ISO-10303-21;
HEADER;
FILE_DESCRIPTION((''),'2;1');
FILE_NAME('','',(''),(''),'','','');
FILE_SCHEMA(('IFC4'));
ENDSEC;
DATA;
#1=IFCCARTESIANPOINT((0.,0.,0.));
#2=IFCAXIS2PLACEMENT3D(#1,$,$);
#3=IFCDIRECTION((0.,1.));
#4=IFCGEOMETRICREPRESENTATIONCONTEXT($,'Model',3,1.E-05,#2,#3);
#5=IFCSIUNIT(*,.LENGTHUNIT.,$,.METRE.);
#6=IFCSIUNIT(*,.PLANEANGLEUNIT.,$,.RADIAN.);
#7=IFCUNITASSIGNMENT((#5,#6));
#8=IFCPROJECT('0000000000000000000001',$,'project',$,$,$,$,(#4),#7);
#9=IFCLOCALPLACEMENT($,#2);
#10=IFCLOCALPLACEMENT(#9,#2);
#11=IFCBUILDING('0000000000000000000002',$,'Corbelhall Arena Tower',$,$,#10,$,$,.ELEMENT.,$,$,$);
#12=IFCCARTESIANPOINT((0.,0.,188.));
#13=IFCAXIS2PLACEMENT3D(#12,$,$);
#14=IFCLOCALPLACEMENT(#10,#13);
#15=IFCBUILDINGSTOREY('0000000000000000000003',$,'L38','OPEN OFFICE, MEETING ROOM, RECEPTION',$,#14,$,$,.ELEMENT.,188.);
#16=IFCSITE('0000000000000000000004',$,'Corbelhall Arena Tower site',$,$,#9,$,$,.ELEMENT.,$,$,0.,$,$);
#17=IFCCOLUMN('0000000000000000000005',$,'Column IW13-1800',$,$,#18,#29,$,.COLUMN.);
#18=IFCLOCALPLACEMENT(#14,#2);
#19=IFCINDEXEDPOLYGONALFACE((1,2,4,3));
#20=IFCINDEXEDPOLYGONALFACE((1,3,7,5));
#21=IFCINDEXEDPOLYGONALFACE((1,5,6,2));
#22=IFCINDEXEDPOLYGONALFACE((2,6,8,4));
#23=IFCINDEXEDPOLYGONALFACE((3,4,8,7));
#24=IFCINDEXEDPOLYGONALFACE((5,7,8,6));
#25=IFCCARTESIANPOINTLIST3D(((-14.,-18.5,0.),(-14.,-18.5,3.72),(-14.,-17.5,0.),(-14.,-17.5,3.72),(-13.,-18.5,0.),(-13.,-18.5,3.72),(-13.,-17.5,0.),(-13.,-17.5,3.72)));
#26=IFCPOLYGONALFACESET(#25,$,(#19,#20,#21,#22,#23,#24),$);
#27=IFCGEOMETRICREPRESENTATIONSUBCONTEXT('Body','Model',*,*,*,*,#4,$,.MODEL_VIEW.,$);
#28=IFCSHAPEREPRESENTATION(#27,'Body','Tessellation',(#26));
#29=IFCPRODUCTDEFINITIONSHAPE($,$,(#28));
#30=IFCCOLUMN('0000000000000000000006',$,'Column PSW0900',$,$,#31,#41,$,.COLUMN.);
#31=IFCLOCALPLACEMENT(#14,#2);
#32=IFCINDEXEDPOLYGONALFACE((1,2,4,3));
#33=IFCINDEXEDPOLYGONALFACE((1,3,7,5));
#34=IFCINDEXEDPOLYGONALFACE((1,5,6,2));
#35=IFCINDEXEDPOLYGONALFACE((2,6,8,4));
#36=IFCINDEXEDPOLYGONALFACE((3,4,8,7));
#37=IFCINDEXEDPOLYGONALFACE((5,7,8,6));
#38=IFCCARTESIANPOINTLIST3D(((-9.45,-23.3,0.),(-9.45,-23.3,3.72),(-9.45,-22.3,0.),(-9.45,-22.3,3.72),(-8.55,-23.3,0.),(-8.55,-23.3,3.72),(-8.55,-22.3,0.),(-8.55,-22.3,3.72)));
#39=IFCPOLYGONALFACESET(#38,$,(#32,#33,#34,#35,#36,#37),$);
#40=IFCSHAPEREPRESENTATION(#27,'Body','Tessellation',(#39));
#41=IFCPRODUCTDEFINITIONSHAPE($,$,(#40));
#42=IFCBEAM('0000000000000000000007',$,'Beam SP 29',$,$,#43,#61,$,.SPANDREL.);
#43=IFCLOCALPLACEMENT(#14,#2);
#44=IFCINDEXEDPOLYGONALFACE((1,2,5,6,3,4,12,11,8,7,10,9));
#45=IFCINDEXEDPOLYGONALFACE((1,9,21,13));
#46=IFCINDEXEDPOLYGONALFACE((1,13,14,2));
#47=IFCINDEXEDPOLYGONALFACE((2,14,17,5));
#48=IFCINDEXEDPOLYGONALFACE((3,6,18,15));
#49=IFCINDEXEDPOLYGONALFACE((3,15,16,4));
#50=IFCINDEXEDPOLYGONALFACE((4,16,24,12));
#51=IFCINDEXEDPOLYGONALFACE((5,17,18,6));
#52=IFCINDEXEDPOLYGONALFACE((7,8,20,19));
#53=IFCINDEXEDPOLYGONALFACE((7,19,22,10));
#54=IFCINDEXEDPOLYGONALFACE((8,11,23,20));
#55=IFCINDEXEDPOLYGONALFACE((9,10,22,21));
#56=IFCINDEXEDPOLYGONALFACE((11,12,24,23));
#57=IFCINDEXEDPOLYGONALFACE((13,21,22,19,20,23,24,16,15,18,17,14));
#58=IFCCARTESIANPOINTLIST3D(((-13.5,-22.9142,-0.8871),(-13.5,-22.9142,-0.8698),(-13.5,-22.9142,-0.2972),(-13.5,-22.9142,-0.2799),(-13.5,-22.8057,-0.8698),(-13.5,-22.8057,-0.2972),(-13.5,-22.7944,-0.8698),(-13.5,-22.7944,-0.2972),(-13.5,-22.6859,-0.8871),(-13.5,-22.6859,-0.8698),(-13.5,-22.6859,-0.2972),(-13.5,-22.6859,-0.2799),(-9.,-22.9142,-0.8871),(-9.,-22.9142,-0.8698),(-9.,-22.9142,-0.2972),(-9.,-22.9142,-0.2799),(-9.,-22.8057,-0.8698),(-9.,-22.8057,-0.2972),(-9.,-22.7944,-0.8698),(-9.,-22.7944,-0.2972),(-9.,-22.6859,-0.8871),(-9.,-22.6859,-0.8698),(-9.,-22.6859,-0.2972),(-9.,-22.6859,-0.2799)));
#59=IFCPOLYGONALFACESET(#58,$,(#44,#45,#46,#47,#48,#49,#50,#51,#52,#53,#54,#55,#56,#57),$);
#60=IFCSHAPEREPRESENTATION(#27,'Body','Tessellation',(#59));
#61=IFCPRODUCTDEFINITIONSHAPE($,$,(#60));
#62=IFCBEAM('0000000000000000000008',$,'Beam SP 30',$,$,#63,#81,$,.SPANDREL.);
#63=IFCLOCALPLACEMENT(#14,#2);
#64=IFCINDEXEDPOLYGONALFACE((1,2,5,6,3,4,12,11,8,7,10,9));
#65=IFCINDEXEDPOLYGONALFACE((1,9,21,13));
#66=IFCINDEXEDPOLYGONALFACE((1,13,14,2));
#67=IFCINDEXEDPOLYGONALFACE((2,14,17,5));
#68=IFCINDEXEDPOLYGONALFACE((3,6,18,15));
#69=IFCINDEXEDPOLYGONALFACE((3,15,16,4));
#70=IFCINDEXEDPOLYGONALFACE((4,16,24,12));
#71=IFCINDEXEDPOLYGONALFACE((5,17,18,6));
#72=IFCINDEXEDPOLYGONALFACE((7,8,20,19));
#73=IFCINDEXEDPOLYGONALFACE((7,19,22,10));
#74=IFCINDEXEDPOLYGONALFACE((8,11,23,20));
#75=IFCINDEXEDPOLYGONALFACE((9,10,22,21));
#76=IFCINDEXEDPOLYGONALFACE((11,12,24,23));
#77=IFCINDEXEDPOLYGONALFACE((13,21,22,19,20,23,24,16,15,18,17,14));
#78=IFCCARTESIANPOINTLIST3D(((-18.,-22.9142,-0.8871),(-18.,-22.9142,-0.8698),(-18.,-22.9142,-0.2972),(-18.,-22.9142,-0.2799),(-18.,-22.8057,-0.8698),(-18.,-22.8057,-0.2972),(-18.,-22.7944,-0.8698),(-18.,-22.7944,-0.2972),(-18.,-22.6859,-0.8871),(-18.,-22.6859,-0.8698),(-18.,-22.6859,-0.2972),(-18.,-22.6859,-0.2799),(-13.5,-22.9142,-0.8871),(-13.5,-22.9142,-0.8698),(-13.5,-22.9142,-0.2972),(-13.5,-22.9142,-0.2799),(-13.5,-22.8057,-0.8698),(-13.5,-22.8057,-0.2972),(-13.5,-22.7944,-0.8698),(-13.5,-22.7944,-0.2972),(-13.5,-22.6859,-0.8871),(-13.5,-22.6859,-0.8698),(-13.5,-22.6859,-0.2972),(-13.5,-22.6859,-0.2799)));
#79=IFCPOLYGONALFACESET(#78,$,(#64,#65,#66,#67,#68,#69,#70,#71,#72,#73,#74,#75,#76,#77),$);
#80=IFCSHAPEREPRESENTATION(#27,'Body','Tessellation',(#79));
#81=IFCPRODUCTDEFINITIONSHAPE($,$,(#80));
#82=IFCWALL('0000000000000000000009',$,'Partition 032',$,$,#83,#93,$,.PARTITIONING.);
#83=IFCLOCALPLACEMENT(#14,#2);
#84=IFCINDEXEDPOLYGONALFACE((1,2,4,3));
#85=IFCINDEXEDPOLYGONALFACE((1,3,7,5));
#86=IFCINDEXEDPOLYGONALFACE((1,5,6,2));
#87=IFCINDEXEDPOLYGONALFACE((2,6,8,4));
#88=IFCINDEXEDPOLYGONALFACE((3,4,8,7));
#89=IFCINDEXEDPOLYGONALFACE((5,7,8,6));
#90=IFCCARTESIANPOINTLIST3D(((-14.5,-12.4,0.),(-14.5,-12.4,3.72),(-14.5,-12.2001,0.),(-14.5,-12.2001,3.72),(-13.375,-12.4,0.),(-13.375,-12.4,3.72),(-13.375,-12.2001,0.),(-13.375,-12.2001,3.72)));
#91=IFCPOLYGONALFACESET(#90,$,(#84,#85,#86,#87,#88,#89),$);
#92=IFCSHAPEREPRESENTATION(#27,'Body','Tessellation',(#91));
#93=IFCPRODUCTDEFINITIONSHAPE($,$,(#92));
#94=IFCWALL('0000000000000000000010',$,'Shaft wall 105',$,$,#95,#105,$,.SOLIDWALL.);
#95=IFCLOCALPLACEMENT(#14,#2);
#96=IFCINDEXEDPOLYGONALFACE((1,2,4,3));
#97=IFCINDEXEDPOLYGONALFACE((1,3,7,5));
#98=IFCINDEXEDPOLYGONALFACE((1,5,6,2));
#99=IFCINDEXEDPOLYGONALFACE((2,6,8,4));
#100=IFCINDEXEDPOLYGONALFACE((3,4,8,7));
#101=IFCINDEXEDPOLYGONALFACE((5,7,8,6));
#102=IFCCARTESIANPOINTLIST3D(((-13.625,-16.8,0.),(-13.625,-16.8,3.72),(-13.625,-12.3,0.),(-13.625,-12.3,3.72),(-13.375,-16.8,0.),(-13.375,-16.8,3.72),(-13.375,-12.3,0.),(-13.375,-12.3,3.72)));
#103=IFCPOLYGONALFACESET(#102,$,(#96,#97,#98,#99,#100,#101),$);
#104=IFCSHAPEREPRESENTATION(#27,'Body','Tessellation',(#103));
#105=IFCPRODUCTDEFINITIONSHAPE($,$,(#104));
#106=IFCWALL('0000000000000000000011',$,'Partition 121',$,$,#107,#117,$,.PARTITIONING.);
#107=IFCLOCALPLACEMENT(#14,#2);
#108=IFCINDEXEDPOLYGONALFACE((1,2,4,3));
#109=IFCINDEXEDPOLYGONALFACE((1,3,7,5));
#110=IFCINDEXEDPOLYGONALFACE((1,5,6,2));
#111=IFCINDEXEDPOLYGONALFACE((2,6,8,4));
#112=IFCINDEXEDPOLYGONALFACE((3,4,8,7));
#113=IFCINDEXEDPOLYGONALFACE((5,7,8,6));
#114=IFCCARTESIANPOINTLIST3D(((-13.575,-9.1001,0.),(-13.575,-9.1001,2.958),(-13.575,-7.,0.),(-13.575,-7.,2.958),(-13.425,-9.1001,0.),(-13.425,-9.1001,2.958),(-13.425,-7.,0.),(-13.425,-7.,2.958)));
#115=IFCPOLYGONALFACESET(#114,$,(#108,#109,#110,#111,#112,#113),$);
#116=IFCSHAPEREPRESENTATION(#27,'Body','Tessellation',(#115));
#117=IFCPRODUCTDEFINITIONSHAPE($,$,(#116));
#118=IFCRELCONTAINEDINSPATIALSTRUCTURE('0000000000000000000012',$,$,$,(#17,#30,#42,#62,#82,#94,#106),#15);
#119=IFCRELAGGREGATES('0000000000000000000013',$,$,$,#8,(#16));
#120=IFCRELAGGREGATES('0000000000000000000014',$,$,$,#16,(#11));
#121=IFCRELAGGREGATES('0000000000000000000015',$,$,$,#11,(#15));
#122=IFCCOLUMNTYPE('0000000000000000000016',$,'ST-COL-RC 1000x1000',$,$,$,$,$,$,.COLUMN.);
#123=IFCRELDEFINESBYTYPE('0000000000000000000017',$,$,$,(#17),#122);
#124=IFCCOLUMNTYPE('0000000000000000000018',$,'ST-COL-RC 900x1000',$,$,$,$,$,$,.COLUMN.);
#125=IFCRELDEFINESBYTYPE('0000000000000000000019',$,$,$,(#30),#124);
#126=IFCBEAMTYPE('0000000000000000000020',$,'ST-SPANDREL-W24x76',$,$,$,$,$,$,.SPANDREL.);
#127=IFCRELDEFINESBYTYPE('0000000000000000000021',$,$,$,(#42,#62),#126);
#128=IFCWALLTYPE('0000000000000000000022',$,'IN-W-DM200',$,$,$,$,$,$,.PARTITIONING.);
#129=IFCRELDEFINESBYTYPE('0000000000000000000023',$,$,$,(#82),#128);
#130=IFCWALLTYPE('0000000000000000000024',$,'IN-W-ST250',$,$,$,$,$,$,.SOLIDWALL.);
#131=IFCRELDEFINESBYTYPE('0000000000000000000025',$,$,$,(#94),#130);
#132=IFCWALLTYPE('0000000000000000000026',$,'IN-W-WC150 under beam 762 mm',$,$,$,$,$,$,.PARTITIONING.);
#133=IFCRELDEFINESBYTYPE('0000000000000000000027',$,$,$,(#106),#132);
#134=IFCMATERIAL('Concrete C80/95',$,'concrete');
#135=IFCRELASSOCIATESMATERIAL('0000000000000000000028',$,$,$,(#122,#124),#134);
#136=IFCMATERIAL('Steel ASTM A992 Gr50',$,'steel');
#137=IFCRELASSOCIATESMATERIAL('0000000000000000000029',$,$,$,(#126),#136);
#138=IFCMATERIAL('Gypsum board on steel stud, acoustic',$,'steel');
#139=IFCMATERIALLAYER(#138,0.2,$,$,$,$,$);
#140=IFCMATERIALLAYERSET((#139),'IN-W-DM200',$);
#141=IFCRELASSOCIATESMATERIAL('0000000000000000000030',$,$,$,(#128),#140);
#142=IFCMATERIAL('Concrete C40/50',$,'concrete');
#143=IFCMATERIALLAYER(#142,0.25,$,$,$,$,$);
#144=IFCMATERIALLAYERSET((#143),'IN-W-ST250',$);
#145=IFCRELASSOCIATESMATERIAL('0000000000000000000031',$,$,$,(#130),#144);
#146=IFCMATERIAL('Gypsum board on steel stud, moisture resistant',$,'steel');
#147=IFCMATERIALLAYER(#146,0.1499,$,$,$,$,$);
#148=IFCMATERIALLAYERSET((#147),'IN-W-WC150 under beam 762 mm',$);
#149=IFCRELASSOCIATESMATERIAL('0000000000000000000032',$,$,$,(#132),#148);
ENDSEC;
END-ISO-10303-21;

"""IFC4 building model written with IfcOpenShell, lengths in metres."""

from ifc_helpers import new_model, si_unit, direction, frame, frame_2d, origin, origin_2d, place, context, subcontext, project, spatial, rectangle, i_section, extrude, material, layer, layer_set, material_profile, profile_set, type_object, element, save


model = new_model("IFC4")

# Units and contexts
model_context = context("Model", 3, precision=1e-05, world=origin(), true_north=direction((0.0, 1.0)))
body_context = subcontext(model_context, "Body", "Model", "MODEL_VIEW")
ifc_project = project(units=[si_unit("LENGTHUNIT", "METRE"), si_unit("PLANEANGLEUNIT", "RADIAN")], contexts=[model_context])

# Site, building, storey
site_placement = place(None, origin())
site = spatial("IfcSite", under=ifc_project, at=site_placement, Name="Corbelhall Arena Tower site", CompositionType="ELEMENT", RefElevation=0.0)
building_placement = place(site_placement, origin())
building = spatial("IfcBuilding", under=site, at=building_placement, Name="Corbelhall Arena Tower", CompositionType="ELEMENT")
storey_placement = place(building_placement, frame((0.0, 0.0, 188.0)))
storey = spatial("IfcBuildingStorey", under=building, at=storey_placement, Name="L38", Description="OPEN OFFICE, MEETING ROOM, RECEPTION", CompositionType="ELEMENT", Elevation=188.0)

# Columns
ifc_material_1 = material(Name="Concrete C80/95", Category="concrete")
ifc_material_profile_1 = material_profile(ifc_material_1, rectangle(XDim=1.0, YDim=1.0, at=origin_2d()))
ifc_profile_set_1 = profile_set([ifc_material_profile_1], Name="Concrete C80/95")
column_type_1 = type_object("IfcColumnType", Name="ST-COL-RC 1000x1000", PredefinedType="COLUMN", material=ifc_profile_set_1)
column_1_placement = place(storey_placement, frame((-13.5, -18.0, 0.0), z_axis=(0.0, 0.0, 1.0), x_axis=(1.0, 0.0, 0.0)))
element("IfcColumn", 1, at=column_1_placement, inside=storey, type_object=column_type_1, Name="Column IW13-1800", PredefinedType="COLUMN", context=body_context, shape_type="SweptSolid", body=[
    extrude(rectangle(XDim=1.0, YDim=1.0, at=origin_2d()), origin(), (0.0, 0.0, 1.0), 3.72),
])
ifc_material_profile_2 = material_profile(ifc_material_1, rectangle(XDim=0.8999, YDim=1.0, at=origin_2d()))
ifc_profile_set_2 = profile_set([ifc_material_profile_2], Name="Concrete C80/95")
column_type_2 = type_object("IfcColumnType", Name="ST-COL-RC 900x1000", PredefinedType="COLUMN", material=ifc_profile_set_2)
column_2_placement = place(storey_placement, frame((-9.0, -22.8, 0.0), z_axis=(0.0, 0.0, 1.0), x_axis=(1.0, 0.0, 0.0)))
element("IfcColumn", 2, at=column_2_placement, inside=storey, type_object=column_type_2, Name="Column PSW0900", PredefinedType="COLUMN", context=body_context, shape_type="SweptSolid", body=[
    extrude(rectangle(XDim=0.8999, YDim=1.0, at=origin_2d()), origin(), (0.0, 0.0, 1.0), 3.72),
])

# Beams
ifc_material_2 = material(Name="Steel ASTM A992 Gr50", Category="steel")
ifc_material_profile_3 = material_profile(ifc_material_2, i_section(OverallWidth=0.2283, OverallDepth=0.6072, WebThickness=0.0112, FlangeThickness=0.0173, at=origin_2d()))
ifc_profile_set_3 = profile_set([ifc_material_profile_3], Name="Steel ASTM A992 Gr50")
beam_type = type_object("IfcBeamType", Name="ST-SPANDREL-W24x76", PredefinedType="SPANDREL", material=ifc_profile_set_3)
for number, where, z_axis, x_axis, name in (
    (3, (-9.0, -22.8, -0.5835), (-1.0, 0.0, 0.0), (0.0, -1.0, 0.0), "Beam SP 29"),
    (4, (-13.5, -22.8, -0.5835), (-1.0, 0.0, 0.0), (0.0, -1.0, 0.0), "Beam SP 30"),
):
    element("IfcBeam", number, at=place(storey_placement, frame(where, z_axis=z_axis, x_axis=x_axis)), inside=storey, type_object=beam_type, Name=name, PredefinedType="SPANDREL", context=body_context, shape_type="SweptSolid", body=[
        extrude(i_section(OverallWidth=0.2283, OverallDepth=0.6072, WebThickness=0.0112, FlangeThickness=0.0173, at=origin_2d()), origin(), (0.0, 0.0, 1.0), 4.5),
    ])

# Walls
ifc_material_3 = material(Name="Gypsum board on steel stud, acoustic", Category="steel")
ifc_layer_1 = layer(ifc_material_3, 0.2)
ifc_layer_set_1 = layer_set([ifc_layer_1], Name="IN-W-DM200")
wall_type_1 = type_object("IfcWallType", Name="IN-W-DM200", PredefinedType="PARTITIONING", material=ifc_layer_set_1)
wall_1_placement = place(storey_placement, frame((-13.375, -12.3, 0.0), z_axis=(0.0, 0.0, 1.0), x_axis=(-1.0, 0.0, 0.0)))
element("IfcWall", 5, at=wall_1_placement, inside=storey, type_object=wall_type_1, Name="Partition 032", PredefinedType="PARTITIONING", context=body_context, shape_type="SweptSolid", body=[
    extrude(rectangle(XDim=1.125, YDim=0.2, at=frame_2d((0.5625, 0.0))), origin(), (0.0, 0.0, 1.0), 3.72),
])
ifc_material_4 = material(Name="Concrete C40/50", Category="concrete")
ifc_layer_2 = layer(ifc_material_4, 0.25)
ifc_layer_set_2 = layer_set([ifc_layer_2], Name="IN-W-ST250")
wall_type_2 = type_object("IfcWallType", Name="IN-W-ST250", PredefinedType="SOLIDWALL", material=ifc_layer_set_2)
wall_2_placement = place(storey_placement, frame((-13.5, -16.8, 0.0), z_axis=(0.0, 0.0, 1.0), x_axis=(0.0, 1.0, 0.0)))
element("IfcWall", 6, at=wall_2_placement, inside=storey, type_object=wall_type_2, Name="Shaft wall 105", PredefinedType="SOLIDWALL", context=body_context, shape_type="SweptSolid", body=[
    extrude(rectangle(XDim=4.5, YDim=0.25, at=frame_2d((2.25, 0.0))), origin(), (0.0, 0.0, 1.0), 3.72),
])
ifc_material_5 = material(Name="Gypsum board on steel stud, moisture resistant", Category="steel")
ifc_layer_3 = layer(ifc_material_5, 0.1499)
ifc_layer_set_3 = layer_set([ifc_layer_3], Name="IN-W-WC150 under beam 762 mm")
wall_type_3 = type_object("IfcWallType", Name="IN-W-WC150 under beam 762 mm", PredefinedType="PARTITIONING", material=ifc_layer_set_3)
wall_3_placement = place(storey_placement, frame((-13.5, -9.1001, 0.0), z_axis=(0.0, 0.0, 1.0), x_axis=(0.0, 1.0, 0.0)))
element("IfcWall", 7, at=wall_3_placement, inside=storey, type_object=wall_type_3, Name="Partition 121", PredefinedType="PARTITIONING", context=body_context, shape_type="SweptSolid", body=[
    extrude(rectangle(XDim=2.1001, YDim=0.1499, at=frame_2d((1.05, 0.0))), origin(), (0.0, 0.0, 1.0), 2.958),
])

save(model, "model.ifc")
